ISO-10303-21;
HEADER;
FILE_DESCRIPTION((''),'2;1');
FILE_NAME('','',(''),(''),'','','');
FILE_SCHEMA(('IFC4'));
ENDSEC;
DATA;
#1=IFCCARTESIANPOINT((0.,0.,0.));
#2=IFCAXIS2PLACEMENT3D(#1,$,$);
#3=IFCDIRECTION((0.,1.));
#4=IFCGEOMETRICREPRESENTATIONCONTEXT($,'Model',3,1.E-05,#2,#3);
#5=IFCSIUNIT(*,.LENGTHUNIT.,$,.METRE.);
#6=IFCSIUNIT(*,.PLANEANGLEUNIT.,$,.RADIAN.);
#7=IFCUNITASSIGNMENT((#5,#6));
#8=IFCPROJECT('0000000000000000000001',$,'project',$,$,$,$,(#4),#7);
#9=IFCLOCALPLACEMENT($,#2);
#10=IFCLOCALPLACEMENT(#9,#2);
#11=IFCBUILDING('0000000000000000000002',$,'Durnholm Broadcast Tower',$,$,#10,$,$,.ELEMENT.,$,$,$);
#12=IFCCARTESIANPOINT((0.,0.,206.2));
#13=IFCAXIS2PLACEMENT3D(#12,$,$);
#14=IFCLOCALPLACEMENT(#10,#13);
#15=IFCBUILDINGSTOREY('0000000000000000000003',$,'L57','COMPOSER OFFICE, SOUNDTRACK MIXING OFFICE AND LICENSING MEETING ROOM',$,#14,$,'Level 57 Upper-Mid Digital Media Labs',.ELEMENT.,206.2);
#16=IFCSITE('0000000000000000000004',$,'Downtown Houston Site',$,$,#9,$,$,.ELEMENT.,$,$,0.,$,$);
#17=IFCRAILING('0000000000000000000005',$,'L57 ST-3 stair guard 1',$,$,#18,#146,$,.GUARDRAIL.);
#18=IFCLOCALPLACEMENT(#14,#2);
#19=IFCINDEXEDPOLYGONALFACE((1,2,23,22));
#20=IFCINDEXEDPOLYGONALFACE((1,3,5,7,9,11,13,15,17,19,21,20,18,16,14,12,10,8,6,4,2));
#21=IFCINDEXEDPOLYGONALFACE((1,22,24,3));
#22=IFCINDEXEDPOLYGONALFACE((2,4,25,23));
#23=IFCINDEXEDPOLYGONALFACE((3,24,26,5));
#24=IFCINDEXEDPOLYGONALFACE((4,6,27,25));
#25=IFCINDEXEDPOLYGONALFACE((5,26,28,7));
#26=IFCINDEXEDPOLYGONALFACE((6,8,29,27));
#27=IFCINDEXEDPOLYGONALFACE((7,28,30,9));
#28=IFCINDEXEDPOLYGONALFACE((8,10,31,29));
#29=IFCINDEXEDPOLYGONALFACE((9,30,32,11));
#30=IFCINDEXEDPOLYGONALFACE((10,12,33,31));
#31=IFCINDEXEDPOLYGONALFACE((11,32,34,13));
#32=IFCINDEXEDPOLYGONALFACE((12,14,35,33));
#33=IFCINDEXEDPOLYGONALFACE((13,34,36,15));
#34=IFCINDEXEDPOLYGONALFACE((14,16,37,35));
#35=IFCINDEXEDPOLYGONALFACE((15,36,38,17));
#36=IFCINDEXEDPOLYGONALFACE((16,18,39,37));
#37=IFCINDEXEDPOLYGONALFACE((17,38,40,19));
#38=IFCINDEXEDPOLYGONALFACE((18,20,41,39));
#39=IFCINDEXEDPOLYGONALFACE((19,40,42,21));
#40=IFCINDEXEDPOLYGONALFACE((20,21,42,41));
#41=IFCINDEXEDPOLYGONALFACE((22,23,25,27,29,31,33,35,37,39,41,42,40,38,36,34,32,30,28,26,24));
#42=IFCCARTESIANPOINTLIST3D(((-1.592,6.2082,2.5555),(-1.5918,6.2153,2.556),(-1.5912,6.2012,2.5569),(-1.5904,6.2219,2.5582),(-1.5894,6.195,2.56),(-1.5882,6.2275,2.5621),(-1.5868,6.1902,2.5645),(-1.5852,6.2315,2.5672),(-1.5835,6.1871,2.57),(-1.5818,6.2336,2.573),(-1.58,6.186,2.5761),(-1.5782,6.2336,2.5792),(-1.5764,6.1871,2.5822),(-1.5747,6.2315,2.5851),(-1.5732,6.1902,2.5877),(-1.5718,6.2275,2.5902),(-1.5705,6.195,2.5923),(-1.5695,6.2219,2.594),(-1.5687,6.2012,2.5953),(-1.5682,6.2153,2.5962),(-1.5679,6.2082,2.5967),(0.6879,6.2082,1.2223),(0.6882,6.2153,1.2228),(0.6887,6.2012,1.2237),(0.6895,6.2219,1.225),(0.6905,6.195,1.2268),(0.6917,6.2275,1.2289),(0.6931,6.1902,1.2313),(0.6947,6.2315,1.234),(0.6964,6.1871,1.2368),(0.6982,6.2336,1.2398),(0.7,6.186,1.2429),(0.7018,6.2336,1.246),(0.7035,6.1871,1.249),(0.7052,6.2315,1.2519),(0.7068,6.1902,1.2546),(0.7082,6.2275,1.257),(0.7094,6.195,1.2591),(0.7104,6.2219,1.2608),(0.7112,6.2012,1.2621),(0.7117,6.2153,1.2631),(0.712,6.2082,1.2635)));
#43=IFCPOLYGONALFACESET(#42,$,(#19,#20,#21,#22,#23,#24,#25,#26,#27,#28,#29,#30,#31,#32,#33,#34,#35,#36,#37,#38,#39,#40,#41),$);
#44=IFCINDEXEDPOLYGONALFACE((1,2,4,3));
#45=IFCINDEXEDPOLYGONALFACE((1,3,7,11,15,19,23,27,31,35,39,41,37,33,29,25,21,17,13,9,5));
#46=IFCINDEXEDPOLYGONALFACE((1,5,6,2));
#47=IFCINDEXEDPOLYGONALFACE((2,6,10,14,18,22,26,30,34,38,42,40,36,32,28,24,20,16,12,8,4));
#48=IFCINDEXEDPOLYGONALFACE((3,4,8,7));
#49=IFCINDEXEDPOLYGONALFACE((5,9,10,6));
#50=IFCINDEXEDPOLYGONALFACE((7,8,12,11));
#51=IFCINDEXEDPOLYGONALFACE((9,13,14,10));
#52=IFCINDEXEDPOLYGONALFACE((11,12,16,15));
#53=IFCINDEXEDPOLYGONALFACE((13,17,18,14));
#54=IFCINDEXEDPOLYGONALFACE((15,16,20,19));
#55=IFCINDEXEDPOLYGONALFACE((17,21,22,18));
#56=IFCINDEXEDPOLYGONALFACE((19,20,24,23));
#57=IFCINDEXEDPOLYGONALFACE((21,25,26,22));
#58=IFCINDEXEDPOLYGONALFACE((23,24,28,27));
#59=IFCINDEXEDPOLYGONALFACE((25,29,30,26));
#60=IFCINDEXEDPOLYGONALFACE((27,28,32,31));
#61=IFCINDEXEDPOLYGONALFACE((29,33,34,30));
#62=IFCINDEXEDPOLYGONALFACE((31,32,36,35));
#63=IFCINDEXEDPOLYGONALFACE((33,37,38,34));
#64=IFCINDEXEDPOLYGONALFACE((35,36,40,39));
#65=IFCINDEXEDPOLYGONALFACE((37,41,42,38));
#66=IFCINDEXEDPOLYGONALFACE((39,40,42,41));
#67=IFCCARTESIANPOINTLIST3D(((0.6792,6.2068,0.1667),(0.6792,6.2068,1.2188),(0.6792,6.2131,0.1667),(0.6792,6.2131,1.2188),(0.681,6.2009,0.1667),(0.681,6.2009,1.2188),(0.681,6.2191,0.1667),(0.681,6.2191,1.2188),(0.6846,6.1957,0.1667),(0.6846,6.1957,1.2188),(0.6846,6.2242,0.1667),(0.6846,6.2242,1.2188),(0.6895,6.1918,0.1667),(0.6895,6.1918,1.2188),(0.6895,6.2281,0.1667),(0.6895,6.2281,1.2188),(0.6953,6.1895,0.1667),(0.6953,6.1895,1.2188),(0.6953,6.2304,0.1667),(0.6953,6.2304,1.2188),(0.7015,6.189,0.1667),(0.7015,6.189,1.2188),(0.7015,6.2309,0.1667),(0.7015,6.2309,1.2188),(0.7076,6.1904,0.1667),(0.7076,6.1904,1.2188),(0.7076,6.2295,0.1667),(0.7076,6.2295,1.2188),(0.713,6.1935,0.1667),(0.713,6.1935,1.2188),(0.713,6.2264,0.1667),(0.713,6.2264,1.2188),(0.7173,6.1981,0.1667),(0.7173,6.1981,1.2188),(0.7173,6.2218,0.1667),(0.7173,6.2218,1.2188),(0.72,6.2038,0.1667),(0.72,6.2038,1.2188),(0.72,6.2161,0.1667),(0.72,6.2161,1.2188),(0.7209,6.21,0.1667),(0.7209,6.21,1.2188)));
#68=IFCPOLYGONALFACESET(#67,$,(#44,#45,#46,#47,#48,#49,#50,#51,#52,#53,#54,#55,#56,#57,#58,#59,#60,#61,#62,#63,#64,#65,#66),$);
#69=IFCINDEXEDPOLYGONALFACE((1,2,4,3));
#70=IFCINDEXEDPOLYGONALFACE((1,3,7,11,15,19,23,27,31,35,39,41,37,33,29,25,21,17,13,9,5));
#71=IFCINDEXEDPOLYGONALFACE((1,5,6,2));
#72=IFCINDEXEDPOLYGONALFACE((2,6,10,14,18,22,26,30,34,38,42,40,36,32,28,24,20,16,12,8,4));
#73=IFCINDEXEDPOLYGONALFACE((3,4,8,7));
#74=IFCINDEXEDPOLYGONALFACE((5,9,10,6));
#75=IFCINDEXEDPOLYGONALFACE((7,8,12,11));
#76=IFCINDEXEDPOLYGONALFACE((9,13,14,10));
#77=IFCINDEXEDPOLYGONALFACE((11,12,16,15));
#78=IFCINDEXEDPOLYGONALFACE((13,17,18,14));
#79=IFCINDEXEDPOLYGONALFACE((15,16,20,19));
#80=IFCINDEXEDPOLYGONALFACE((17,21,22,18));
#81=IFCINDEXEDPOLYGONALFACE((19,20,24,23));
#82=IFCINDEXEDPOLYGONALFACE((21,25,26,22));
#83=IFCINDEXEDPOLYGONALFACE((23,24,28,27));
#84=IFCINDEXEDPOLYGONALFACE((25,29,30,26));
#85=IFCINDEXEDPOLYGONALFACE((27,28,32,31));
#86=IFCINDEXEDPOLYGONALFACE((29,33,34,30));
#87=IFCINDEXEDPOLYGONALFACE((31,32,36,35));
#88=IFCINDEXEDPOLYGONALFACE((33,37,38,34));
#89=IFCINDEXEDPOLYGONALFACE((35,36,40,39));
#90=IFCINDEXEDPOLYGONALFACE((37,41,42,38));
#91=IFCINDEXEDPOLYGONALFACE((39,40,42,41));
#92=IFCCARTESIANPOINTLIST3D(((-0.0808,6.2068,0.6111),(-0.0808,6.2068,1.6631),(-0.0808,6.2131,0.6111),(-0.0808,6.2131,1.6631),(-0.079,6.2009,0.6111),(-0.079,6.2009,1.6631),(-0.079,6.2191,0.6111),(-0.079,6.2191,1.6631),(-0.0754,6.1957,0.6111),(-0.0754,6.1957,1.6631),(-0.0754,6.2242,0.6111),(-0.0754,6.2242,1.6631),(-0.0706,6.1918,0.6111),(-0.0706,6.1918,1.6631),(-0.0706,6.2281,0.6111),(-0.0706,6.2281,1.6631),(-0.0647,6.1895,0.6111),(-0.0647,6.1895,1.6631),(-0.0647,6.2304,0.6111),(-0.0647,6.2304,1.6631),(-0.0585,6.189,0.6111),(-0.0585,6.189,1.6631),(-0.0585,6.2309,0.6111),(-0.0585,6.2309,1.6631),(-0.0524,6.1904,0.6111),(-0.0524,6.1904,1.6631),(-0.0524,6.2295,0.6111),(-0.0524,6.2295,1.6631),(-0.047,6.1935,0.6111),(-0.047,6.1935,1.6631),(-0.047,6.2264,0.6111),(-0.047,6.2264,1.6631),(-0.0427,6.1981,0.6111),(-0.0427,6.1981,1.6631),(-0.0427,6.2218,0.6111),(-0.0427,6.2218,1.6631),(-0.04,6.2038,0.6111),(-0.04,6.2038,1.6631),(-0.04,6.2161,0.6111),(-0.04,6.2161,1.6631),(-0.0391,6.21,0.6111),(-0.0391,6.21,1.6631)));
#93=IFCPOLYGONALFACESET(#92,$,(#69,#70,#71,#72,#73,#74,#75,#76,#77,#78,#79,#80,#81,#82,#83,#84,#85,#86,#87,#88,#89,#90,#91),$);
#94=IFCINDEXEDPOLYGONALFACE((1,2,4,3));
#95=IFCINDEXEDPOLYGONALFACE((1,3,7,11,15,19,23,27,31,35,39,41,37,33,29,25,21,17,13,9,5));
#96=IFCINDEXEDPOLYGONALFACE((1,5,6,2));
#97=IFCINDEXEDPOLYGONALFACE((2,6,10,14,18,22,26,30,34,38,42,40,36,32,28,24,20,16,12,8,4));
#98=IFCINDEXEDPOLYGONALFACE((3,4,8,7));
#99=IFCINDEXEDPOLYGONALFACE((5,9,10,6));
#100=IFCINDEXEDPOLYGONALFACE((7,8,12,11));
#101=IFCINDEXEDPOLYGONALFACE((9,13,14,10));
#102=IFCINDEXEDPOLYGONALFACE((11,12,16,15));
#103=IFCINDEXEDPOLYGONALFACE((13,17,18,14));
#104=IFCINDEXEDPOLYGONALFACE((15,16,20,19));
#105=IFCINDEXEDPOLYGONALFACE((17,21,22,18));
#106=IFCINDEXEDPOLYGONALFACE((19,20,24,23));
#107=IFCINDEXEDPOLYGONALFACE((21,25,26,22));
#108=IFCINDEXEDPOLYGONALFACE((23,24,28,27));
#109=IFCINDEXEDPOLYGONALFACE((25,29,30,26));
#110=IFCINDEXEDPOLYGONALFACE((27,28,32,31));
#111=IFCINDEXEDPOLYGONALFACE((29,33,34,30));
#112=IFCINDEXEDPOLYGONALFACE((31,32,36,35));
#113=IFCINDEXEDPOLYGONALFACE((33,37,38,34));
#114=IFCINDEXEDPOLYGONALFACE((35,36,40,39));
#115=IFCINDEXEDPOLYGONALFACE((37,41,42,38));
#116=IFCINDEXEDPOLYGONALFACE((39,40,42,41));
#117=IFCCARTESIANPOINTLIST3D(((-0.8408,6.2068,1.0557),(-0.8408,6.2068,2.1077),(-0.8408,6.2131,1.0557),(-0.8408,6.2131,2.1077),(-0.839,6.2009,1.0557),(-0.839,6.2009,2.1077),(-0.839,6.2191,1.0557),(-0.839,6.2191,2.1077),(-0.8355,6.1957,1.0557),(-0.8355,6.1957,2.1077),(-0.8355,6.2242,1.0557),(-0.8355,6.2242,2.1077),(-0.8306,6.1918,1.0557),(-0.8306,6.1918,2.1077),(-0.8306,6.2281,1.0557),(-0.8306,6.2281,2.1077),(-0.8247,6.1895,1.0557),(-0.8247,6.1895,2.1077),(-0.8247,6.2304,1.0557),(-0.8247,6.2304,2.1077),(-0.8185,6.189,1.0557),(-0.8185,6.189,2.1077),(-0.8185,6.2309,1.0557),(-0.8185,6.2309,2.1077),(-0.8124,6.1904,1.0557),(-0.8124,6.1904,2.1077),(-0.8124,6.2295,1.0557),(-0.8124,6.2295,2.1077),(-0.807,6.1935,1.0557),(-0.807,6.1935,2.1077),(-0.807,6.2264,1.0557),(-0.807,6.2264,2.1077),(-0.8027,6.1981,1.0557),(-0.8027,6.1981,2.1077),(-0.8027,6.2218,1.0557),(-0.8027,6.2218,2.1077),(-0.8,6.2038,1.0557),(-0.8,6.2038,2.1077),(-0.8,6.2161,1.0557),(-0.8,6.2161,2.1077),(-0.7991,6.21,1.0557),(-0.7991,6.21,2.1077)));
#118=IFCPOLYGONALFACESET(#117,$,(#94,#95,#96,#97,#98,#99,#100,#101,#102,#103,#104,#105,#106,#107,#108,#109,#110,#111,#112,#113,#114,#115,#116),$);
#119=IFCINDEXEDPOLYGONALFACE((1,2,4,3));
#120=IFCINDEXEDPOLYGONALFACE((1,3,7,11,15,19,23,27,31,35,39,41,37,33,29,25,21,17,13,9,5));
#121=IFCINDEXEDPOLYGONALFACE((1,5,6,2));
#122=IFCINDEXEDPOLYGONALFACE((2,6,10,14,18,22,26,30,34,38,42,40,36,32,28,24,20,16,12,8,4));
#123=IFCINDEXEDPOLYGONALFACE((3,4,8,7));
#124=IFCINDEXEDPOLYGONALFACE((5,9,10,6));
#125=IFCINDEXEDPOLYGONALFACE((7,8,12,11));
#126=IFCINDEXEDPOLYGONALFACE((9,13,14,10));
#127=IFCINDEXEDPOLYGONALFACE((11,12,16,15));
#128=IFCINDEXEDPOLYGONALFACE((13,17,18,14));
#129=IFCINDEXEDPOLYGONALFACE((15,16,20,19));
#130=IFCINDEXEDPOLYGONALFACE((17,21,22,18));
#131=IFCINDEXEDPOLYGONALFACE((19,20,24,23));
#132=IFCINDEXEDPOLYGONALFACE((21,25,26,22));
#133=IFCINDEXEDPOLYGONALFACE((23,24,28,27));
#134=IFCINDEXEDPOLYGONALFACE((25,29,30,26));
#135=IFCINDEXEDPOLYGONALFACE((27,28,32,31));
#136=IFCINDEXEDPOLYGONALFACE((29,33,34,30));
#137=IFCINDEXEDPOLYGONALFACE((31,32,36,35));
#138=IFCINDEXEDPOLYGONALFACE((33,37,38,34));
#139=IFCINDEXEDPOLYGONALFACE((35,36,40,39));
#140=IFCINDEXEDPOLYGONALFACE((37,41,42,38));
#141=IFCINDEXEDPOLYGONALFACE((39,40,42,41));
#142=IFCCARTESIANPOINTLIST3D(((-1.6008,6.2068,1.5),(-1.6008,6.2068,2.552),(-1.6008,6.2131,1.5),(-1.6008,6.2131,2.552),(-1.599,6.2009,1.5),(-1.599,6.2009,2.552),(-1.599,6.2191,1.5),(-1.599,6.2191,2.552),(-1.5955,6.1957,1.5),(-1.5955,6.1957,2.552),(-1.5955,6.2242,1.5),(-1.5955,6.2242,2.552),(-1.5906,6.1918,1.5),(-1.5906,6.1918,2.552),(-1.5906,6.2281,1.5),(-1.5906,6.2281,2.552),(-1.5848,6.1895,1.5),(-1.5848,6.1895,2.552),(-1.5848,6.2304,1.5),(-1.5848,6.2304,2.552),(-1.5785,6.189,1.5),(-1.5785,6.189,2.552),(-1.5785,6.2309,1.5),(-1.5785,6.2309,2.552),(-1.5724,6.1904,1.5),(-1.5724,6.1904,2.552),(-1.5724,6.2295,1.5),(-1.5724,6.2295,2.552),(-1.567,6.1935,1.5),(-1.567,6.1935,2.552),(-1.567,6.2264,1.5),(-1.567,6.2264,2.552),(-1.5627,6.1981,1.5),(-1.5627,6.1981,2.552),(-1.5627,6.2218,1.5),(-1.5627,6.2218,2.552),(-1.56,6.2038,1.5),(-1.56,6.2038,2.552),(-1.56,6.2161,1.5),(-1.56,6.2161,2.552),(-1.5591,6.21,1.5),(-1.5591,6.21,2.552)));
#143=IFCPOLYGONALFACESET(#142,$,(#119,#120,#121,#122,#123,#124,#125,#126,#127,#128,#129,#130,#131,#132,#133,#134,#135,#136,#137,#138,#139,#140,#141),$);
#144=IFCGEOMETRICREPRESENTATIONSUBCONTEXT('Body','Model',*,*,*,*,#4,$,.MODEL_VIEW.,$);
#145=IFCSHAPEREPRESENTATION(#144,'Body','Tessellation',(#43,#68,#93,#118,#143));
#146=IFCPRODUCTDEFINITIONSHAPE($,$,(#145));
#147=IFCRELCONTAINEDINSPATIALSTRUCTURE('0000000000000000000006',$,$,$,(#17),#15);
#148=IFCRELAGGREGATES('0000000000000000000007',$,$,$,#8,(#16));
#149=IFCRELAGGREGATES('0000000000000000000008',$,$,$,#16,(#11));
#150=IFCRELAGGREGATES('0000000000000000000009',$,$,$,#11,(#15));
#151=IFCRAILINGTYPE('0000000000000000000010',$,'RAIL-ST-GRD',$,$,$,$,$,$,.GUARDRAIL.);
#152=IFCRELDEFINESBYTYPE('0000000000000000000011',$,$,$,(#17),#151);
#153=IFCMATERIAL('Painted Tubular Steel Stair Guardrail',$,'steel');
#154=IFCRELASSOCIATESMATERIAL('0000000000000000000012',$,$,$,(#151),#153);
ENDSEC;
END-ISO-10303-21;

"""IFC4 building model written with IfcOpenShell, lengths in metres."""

from ifc_helpers import new_model, si_unit, direction, frame, origin, origin_2d, place, context, subcontext, project, spatial, circle, extrude, material, type_object, element, save


model = new_model("IFC4")

# Units and contexts
model_context = context("Model", 3, precision=1e-05, world=origin(), true_north=direction((0.0, 1.0)))
body_context = subcontext(model_context, "Body", "Model", "MODEL_VIEW")
ifc_project = project(units=[si_unit("LENGTHUNIT", "METRE"), si_unit("PLANEANGLEUNIT", "RADIAN")], contexts=[model_context])

# Site, building, storey
site_placement = place(None, origin())
site = spatial("IfcSite", under=ifc_project, at=site_placement, Name="Downtown Houston Site", CompositionType="ELEMENT", RefElevation=0.0)
building_placement = place(site_placement, origin())
building = spatial("IfcBuilding", under=site, at=building_placement, Name="Durnholm Broadcast Tower", CompositionType="ELEMENT")
storey_placement = place(building_placement, frame((0.0, 0.0, 206.2)))
storey = spatial("IfcBuildingStorey", under=building, at=storey_placement, Name="L57", Description="COMPOSER OFFICE, SOUNDTRACK MIXING OFFICE AND LICENSING MEETING ROOM", LongName="Level 57 Upper-Mid Digital Media Labs", CompositionType="ELEMENT", Elevation=206.2)

# Railing
ifc_material_1 = material(Name="Painted Tubular Steel Stair Guardrail", Category="steel")
railing_type_1 = type_object("IfcRailingType", Name="RAIL-ST-GRD", PredefinedType="GUARDRAIL", material=ifc_material_1)
railing_1_placement = place(storey_placement, frame((0.7, 6.21, 0.1667)))
element("IfcRailing", 1, at=railing_1_placement, inside=storey, type_object=railing_type_1, Name="L57 ST-3 stair guard 1", PredefinedType="GUARDRAIL", context=body_context, shape_type="SweptSolid", body=[
    extrude(circle(Radius=0.0239, at=origin_2d()), frame((0.0, 0.0, 1.0762), z_axis=(-0.863245, 0.0, 0.504785), x_axis=(0.0, -1.0, 0.0)), (0.0, 0.0, 1.0), 2.6411),
    extrude(circle(Radius=0.021, at=origin_2d()), origin(), (0.0, 0.0, 1.0), 1.052),
    extrude(circle(Radius=0.021, at=origin_2d()), frame((-0.76, 0.0, 0.4443)), (0.0, 0.0, 1.0), 1.052),
    extrude(circle(Radius=0.021, at=origin_2d()), frame((-1.52, 0.0, 0.8889)), (0.0, 0.0, 1.0), 1.052),
    extrude(circle(Radius=0.021, at=origin_2d()), frame((-2.28, 0.0, 1.3333)), (0.0, 0.0, 1.0), 1.052),
])

save(model, "model.ifc")
